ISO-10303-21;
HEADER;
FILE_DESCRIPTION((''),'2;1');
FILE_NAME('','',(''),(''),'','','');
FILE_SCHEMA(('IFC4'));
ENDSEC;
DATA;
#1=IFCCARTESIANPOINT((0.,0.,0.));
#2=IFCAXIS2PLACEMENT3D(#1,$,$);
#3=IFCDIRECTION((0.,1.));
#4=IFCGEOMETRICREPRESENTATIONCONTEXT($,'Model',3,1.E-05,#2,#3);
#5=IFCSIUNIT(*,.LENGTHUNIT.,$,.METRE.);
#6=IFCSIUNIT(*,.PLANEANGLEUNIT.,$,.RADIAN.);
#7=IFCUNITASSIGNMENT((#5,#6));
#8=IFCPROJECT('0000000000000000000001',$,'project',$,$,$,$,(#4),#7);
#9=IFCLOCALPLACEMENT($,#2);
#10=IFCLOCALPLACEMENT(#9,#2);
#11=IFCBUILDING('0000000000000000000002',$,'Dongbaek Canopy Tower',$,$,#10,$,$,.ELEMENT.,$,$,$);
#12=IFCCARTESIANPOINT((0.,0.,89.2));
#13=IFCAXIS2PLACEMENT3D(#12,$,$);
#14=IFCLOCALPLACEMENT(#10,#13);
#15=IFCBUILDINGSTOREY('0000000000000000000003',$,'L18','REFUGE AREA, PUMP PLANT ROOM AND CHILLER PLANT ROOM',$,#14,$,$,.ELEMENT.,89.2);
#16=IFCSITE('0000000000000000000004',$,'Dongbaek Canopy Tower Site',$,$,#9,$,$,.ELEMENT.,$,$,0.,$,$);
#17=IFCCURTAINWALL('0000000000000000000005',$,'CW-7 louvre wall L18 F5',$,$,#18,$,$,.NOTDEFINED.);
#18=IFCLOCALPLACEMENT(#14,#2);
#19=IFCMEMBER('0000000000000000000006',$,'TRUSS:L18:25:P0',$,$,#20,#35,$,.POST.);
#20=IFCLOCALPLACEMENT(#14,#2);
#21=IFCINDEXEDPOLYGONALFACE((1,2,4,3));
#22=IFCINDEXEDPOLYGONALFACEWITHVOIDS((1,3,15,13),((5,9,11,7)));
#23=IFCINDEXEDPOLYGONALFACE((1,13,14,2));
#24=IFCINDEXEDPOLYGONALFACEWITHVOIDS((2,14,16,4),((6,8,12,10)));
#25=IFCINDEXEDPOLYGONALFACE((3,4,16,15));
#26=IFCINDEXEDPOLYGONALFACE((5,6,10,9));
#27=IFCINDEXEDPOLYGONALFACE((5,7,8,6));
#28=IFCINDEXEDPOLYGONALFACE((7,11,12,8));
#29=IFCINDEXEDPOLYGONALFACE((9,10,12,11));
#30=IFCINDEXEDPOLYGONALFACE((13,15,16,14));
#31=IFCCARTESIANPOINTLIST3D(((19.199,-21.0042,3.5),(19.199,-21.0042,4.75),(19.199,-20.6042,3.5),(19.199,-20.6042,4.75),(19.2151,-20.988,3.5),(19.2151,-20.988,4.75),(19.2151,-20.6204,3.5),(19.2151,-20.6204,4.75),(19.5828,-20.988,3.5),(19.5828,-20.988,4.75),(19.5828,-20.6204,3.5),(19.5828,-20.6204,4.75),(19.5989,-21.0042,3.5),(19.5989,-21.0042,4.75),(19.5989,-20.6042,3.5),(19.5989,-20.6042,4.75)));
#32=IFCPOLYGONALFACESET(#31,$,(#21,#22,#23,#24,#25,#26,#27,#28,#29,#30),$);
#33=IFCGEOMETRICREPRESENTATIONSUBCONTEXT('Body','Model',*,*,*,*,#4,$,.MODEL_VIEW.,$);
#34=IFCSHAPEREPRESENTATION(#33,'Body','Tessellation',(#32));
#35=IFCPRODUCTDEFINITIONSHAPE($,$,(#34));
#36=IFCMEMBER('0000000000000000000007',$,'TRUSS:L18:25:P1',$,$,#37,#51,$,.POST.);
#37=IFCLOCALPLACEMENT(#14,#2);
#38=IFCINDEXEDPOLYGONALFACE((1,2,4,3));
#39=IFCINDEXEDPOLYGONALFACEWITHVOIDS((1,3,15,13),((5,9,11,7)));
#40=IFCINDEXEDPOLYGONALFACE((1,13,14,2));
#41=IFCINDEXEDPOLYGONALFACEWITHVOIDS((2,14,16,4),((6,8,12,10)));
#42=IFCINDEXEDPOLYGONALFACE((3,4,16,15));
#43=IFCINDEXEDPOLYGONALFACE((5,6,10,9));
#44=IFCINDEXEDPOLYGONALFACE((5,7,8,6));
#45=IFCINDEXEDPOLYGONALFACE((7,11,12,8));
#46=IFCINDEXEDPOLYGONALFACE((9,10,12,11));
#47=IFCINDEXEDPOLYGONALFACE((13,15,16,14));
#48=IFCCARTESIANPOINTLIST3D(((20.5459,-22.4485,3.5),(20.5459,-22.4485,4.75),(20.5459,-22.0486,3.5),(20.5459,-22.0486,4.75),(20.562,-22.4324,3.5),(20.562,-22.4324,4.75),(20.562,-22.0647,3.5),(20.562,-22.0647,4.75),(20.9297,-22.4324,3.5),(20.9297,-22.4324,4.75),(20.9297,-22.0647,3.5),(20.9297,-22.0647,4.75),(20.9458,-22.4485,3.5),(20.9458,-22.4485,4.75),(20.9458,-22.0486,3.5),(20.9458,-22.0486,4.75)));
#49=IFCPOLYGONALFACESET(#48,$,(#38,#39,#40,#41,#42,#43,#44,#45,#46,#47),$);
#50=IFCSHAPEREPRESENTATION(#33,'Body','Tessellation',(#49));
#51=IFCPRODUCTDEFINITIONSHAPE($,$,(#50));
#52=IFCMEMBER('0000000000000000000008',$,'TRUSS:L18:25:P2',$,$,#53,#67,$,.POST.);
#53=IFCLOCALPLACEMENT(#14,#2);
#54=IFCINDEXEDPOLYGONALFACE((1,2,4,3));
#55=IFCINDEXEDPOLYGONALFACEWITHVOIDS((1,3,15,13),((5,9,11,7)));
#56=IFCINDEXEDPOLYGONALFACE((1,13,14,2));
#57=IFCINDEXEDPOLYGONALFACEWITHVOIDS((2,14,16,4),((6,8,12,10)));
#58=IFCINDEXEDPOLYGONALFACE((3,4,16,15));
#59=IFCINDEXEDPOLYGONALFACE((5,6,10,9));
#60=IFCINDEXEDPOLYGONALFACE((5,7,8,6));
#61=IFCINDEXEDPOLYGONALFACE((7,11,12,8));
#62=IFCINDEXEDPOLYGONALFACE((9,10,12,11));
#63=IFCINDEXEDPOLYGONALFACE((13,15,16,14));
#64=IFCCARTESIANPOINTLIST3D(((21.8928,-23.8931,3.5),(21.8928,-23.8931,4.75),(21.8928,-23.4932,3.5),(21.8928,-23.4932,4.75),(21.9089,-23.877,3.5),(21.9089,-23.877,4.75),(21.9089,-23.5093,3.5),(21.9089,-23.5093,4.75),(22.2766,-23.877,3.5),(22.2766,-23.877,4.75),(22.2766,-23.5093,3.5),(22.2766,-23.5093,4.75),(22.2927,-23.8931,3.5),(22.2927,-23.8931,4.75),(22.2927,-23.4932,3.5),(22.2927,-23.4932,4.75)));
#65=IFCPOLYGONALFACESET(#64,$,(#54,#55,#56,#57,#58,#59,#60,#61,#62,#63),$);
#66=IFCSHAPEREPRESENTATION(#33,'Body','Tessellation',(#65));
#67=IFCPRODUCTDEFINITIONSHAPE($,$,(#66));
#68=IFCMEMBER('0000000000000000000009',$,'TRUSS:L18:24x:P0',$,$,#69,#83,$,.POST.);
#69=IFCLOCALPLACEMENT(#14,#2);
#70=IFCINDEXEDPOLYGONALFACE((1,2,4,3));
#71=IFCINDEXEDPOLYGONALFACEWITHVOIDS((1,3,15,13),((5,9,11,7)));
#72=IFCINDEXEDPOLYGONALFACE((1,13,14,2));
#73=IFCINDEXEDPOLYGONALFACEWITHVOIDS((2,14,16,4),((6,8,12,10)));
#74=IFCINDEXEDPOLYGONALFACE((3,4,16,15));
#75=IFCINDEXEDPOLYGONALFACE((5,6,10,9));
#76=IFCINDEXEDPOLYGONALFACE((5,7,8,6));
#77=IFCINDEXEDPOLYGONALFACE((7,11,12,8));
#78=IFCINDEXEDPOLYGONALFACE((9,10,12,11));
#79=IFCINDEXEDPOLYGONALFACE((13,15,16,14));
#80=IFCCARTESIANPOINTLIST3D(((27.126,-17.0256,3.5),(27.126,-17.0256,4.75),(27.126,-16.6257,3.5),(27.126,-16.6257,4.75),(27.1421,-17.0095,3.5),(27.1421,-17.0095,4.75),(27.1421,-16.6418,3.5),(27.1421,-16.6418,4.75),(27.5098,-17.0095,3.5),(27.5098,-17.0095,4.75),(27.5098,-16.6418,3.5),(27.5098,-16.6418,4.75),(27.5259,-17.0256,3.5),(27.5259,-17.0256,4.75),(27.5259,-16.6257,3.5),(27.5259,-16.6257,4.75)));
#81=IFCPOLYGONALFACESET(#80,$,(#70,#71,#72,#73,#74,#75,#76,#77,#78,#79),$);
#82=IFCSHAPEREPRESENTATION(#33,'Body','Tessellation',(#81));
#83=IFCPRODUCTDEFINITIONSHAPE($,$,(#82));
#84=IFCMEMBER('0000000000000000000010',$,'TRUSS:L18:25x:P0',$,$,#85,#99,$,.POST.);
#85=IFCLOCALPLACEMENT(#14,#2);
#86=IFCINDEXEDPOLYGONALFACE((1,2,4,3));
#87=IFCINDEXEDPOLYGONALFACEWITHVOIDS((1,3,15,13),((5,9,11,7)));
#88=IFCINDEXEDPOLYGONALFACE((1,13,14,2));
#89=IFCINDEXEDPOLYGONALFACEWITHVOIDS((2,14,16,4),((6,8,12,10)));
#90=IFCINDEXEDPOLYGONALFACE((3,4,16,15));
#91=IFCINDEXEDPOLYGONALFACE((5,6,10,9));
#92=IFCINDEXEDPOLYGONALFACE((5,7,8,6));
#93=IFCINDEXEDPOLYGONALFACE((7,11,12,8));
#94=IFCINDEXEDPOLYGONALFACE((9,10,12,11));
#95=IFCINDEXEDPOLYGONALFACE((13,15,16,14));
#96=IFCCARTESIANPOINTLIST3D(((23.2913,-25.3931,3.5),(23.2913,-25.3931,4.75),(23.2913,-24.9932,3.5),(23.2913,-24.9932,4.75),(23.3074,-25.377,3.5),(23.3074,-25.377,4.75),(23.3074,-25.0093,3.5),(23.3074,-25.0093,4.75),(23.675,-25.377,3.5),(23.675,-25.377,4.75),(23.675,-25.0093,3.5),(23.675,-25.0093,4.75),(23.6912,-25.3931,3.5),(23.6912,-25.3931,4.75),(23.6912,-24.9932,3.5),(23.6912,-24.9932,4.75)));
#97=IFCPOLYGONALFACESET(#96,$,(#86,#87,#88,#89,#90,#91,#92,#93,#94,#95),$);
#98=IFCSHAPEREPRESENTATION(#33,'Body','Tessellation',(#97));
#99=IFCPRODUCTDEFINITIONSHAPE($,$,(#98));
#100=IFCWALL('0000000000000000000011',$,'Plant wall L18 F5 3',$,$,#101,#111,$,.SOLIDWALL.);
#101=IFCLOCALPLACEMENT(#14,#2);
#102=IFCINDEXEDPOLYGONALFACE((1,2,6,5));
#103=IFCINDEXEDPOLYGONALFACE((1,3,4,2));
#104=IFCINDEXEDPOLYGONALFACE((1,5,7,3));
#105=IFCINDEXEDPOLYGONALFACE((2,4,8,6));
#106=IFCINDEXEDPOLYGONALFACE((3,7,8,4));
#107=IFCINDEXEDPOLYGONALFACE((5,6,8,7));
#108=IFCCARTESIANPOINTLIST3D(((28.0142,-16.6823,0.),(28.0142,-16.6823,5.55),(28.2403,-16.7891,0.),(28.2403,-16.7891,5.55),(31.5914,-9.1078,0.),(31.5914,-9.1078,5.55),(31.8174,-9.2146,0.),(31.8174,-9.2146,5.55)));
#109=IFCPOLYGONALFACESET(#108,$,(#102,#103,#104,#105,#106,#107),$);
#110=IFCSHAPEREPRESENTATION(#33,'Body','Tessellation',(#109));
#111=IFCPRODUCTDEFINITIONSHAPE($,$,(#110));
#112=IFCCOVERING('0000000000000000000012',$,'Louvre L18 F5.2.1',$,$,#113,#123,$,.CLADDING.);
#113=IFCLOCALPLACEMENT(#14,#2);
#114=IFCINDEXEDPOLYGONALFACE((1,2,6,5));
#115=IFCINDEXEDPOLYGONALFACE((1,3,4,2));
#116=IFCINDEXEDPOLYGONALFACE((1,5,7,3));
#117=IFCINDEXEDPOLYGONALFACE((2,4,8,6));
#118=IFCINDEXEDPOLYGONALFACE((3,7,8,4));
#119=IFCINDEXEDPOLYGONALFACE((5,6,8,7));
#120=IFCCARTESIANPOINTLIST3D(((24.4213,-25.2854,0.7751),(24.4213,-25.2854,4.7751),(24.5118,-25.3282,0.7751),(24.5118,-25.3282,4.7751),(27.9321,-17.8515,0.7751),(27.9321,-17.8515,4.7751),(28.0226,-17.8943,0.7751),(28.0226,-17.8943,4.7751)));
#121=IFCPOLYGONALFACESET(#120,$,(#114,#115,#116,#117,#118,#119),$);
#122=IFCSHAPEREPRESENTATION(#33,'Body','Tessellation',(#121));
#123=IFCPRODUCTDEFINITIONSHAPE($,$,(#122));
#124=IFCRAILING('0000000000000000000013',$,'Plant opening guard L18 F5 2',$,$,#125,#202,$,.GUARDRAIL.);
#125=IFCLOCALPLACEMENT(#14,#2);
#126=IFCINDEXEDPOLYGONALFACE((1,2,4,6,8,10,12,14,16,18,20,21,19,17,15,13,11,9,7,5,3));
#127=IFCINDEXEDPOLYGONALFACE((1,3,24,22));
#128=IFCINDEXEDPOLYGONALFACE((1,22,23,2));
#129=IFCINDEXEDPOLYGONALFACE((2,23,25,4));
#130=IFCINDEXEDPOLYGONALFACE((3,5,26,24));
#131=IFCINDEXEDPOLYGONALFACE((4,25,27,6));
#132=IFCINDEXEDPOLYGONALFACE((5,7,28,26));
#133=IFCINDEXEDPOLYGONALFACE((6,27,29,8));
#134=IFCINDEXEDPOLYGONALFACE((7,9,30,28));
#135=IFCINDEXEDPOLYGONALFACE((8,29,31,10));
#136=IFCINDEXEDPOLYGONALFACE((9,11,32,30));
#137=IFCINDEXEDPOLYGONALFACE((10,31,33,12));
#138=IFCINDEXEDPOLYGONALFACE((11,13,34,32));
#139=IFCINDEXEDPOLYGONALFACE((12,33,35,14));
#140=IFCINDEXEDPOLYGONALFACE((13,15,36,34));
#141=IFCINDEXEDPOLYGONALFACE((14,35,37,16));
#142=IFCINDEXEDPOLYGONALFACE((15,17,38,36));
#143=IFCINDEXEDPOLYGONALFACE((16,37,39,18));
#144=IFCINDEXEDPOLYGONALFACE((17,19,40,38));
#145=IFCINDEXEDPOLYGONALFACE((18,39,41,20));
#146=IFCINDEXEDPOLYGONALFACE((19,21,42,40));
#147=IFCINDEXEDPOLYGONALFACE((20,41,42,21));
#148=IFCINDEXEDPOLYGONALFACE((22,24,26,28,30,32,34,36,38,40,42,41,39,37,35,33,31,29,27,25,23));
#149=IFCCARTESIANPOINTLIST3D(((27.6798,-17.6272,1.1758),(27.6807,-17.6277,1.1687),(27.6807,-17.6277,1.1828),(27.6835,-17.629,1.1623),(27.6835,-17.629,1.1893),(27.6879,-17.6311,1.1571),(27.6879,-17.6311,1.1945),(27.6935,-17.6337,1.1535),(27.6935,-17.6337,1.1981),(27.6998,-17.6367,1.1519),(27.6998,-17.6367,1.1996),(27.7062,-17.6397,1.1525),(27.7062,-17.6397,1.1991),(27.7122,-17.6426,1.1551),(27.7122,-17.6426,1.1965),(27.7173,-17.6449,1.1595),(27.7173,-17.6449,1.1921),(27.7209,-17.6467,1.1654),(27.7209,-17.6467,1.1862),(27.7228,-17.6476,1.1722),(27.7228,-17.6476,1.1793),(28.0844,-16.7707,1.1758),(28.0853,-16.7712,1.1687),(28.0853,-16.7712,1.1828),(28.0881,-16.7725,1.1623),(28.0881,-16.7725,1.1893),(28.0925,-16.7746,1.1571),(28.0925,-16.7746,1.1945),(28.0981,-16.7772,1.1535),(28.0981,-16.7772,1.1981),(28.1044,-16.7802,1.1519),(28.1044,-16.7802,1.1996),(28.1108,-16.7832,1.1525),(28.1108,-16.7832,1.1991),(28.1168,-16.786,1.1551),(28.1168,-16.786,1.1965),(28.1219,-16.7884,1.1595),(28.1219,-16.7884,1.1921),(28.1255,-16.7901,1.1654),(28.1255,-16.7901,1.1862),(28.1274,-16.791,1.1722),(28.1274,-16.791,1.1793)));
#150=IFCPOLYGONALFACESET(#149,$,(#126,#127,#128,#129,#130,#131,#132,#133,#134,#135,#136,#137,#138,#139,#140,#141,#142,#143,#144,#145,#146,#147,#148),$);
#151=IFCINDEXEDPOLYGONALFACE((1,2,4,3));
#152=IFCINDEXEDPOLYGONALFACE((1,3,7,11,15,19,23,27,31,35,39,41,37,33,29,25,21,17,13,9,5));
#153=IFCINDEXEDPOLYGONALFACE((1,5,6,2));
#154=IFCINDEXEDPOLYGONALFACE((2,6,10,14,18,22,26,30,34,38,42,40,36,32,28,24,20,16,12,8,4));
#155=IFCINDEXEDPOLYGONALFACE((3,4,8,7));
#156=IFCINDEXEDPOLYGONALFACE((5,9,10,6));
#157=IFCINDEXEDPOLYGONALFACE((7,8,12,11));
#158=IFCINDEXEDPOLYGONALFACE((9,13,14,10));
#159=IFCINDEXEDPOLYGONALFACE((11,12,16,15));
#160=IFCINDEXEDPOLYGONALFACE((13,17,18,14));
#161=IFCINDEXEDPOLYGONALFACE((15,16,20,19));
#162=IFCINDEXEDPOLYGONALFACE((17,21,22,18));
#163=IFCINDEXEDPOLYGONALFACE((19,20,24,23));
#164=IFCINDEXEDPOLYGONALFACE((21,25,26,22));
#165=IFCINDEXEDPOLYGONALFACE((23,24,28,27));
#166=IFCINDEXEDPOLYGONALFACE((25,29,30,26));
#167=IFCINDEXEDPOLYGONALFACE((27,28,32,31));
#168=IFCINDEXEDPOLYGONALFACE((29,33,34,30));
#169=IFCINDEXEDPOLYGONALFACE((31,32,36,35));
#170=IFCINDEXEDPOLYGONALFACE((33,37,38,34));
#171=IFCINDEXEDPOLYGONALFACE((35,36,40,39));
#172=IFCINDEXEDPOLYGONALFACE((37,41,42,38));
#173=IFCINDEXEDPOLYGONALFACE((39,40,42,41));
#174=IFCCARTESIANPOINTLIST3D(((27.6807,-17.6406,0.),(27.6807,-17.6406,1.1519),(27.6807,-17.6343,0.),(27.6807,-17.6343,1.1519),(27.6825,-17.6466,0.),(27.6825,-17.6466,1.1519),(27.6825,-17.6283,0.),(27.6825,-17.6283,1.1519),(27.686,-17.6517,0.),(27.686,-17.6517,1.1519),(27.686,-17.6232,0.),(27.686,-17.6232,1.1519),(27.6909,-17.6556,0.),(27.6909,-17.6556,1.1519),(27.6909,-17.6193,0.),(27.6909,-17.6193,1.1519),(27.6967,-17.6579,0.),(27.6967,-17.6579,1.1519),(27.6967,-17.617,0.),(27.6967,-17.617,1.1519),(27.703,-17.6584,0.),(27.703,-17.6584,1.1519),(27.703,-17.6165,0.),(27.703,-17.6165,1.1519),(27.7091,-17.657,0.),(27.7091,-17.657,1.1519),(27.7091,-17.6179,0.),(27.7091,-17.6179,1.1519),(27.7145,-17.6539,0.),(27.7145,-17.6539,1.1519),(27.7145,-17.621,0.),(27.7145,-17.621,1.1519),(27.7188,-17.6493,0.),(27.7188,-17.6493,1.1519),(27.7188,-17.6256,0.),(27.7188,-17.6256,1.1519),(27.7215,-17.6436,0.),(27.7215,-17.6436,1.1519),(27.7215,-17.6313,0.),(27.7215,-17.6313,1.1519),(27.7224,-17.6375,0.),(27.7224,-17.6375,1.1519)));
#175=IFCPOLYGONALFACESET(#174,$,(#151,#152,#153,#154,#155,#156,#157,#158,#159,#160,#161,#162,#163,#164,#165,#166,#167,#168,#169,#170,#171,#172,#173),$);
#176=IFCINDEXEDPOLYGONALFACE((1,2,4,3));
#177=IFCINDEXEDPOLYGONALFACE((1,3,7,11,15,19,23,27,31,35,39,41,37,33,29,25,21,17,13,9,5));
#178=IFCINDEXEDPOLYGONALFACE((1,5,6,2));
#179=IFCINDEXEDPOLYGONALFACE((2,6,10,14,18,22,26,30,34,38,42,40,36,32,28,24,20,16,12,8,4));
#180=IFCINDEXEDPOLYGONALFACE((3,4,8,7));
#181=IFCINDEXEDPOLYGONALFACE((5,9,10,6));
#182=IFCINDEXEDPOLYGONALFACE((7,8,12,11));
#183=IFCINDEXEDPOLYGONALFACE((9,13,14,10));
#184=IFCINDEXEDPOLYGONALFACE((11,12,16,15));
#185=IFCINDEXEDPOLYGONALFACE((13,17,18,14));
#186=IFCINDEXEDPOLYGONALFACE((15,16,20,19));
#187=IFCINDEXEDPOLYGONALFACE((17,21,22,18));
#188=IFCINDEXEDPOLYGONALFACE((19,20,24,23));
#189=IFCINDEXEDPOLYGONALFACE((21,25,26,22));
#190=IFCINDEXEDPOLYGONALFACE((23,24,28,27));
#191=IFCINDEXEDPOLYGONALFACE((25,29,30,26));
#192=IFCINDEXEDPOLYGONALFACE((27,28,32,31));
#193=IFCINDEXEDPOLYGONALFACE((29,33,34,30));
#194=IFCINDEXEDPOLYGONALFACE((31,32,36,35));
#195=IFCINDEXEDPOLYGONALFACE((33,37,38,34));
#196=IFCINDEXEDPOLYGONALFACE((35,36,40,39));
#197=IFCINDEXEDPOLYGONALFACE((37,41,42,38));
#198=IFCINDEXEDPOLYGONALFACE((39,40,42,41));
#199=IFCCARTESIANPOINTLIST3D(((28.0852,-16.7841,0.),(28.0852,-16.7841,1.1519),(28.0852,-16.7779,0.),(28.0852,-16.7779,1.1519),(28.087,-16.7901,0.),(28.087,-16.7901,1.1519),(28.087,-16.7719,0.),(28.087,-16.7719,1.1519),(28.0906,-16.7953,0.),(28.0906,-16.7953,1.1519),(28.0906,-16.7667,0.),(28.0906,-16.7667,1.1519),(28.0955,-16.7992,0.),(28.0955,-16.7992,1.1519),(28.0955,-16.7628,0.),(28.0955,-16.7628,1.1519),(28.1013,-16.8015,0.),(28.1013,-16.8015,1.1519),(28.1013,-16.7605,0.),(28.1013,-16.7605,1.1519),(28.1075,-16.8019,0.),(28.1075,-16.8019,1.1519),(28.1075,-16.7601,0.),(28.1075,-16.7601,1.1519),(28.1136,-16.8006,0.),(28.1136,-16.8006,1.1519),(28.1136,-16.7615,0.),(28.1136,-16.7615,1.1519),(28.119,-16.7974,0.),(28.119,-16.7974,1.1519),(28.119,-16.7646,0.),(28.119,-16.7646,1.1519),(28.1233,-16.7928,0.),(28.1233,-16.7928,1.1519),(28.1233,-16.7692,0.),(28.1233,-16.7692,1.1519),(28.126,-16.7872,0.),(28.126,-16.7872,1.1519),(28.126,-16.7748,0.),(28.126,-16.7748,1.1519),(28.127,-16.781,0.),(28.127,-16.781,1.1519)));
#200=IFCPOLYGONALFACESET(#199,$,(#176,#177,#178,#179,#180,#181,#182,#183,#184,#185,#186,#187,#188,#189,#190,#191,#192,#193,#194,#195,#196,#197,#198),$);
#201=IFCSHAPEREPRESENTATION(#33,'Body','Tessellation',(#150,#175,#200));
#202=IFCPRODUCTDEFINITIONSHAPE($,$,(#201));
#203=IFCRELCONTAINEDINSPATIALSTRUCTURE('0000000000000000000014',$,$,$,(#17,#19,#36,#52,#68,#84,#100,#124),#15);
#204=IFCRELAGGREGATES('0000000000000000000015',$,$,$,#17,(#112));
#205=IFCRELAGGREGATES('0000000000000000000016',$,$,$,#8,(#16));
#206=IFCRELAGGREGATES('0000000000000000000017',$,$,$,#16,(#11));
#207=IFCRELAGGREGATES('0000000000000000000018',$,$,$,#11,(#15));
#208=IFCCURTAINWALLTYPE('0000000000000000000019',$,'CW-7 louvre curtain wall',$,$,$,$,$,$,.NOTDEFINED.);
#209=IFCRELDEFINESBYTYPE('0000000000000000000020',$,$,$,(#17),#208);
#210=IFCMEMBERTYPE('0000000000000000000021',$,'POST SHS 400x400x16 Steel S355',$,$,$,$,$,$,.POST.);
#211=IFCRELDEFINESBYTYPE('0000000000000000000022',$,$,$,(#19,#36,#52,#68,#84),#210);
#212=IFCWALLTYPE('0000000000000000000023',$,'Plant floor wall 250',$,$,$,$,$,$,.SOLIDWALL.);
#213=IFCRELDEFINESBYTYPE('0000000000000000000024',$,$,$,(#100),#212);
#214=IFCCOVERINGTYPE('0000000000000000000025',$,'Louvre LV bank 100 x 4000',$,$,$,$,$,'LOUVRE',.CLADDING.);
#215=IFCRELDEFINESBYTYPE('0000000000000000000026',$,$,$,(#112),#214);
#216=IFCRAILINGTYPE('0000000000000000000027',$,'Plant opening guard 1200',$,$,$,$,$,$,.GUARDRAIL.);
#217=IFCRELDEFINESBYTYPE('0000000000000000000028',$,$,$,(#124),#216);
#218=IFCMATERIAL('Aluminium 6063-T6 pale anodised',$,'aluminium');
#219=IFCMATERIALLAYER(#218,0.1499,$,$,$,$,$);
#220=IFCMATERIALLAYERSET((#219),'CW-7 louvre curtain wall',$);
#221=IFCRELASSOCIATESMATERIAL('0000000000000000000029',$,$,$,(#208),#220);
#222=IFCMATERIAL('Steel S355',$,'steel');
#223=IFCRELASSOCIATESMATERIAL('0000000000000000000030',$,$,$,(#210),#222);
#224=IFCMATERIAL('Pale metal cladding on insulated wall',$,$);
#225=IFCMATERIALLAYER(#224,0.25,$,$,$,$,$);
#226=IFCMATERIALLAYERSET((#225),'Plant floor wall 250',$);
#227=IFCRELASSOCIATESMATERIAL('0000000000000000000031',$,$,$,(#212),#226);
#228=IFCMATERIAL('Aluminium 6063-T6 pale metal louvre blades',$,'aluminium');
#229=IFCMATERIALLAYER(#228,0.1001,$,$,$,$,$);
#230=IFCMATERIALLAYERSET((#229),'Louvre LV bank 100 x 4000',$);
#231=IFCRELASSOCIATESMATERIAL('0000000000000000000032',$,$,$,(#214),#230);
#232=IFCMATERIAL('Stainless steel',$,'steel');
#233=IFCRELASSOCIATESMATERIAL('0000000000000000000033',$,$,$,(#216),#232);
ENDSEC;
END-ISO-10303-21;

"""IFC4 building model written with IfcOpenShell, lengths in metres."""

from ifc_helpers import new_model, si_unit, direction, frame, frame_2d, origin, origin_2d, place, context, subcontext, project, spatial, rectangle, hollow_rectangle, circle, extrude, material, layer, layer_set, material_profile, profile_set, type_object, element, aggregate, save


model = new_model("IFC4")

# Units and contexts
model_context = context("Model", 3, precision=1e-05, world=origin(), true_north=direction((0.0, 1.0)))
body_context = subcontext(model_context, "Body", "Model", "MODEL_VIEW")
ifc_project = project(units=[si_unit("LENGTHUNIT", "METRE"), si_unit("PLANEANGLEUNIT", "RADIAN")], contexts=[model_context])

# Site, building, storey
site_placement = place(None, origin())
site = spatial("IfcSite", under=ifc_project, at=site_placement, Name="Dongbaek Canopy Tower Site", CompositionType="ELEMENT", RefElevation=0.0)
building_placement = place(site_placement, origin())
building = spatial("IfcBuilding", under=site, at=building_placement, Name="Dongbaek Canopy Tower", CompositionType="ELEMENT")
storey_placement = place(building_placement, frame((0.0, 0.0, 89.2)))
storey = spatial("IfcBuildingStorey", under=building, at=storey_placement, Name="L18", Description="REFUGE AREA, PUMP PLANT ROOM AND CHILLER PLANT ROOM", CompositionType="ELEMENT", Elevation=89.2)

# Curtain wall
ifc_material_1 = material(Name="Aluminium 6063-T6 pale anodised", Category="aluminium")
ifc_layer_1 = layer(ifc_material_1, 0.1499)
ifc_layer_set_1 = layer_set([ifc_layer_1], Name="CW-7 louvre curtain wall")
curtain_wall_type = type_object("IfcCurtainWallType", Name="CW-7 louvre curtain wall", PredefinedType="NOTDEFINED", material=ifc_layer_set_1)
curtain_wall_placement = place(storey_placement, origin())
curtain_wall = element("IfcCurtainWall", 1, at=curtain_wall_placement, inside=storey, type_object=curtain_wall_type, Name="CW-7 louvre wall L18 F5", PredefinedType="NOTDEFINED")

# Members
ifc_material_2 = material(Name="Steel S355", Category="steel")
ifc_material_profile_1 = material_profile(ifc_material_2, hollow_rectangle(XDim=0.3999, YDim=0.3999, WallThickness=0.0161, at=origin_2d()), Name="POST SHS 400x400x16 Steel S355")
ifc_profile_set_1 = profile_set([ifc_material_profile_1], Name="Steel S355")
member_type_1 = type_object("IfcMemberType", Name="POST SHS 400x400x16 Steel S355", PredefinedType="POST", material=ifc_profile_set_1)
for number, where, z_axis, x_axis, name in (
    (2, (19.3989, -20.8042, 3.5), (0.0, 0.0, 1.0), (1.0, 0.0, 0.0), "TRUSS:L18:25:P0"),
    (3, (20.7458, -22.2485, 3.5), (0.0, 0.0, 1.0), (1.0, 0.0, 0.0), "TRUSS:L18:25:P1"),
    (4, (22.0928, -23.6931, 3.5), (0.0, 0.0, 1.0), (1.0, 0.0, 0.0), "TRUSS:L18:25:P2"),
    (5, (27.3259, -16.8257, 3.5), (0.0, 0.0, 1.0), (1.0, 0.0, 0.0), "TRUSS:L18:24x:P0"),
    (6, (23.4912, -25.1931, 3.5), (0.0, 0.0, 1.0), (1.0, 0.0, 0.0), "TRUSS:L18:25x:P0"),
):
    element("IfcMember", number, at=place(storey_placement, frame(where, z_axis=z_axis, x_axis=x_axis)), inside=storey, type_object=member_type_1, Name=name, PredefinedType="POST", context=body_context, shape_type="SweptSolid", body=[
        extrude(hollow_rectangle(XDim=0.3999, YDim=0.3999, WallThickness=0.0161, at=origin_2d()), origin(), (0.0, 0.0, 1.0), 1.25),
    ])

# Wall
ifc_material_3 = material(Name="Pale metal cladding on insulated wall")
ifc_layer_2 = layer(ifc_material_3, 0.25)
ifc_layer_set_2 = layer_set([ifc_layer_2], Name="Plant floor wall 250")
wall_type = type_object("IfcWallType", Name="Plant floor wall 250", PredefinedType="SOLIDWALL", material=ifc_layer_set_2)
wall_placement = place(storey_placement, frame((28.1272, -16.7358, 0.0), z_axis=(0.0, 0.0, 1.0), x_axis=(0.427037, 0.904234, 0.0)))
element("IfcWall", 7, at=wall_placement, inside=storey, type_object=wall_type, Name="Plant wall L18 F5 3", PredefinedType="SOLIDWALL", context=body_context, shape_type="SweptSolid", body=[
    extrude(rectangle(XDim=8.3767, YDim=0.25, at=frame_2d((4.1885, 0.0))), origin(), (0.0, 0.0, 1.0), 5.55),
])

# Covering
ifc_material_4 = material(Name="Aluminium 6063-T6 pale metal louvre blades", Category="aluminium")
ifc_layer_3 = layer(ifc_material_4, 0.1001)
ifc_layer_set_3 = layer_set([ifc_layer_3], Name="Louvre LV bank 100 x 4000")
covering_type = type_object("IfcCoveringType", Name="Louvre LV bank 100 x 4000", ElementType="LOUVRE", PredefinedType="CLADDING", material=ifc_layer_set_3)
covering_placement = place(storey_placement, frame((26.2219, -21.5898, 0.7751), z_axis=(0.0, 0.0, 1.0), x_axis=(0.427039, 0.904233, 0.0)))
covering = element("IfcCovering", 8, at=covering_placement, type_object=covering_type, Name="Louvre L18 F5.2.1", PredefinedType="CLADDING", context=body_context, shape_type="SweptSolid", body=[
    extrude(rectangle(XDim=8.2212, YDim=0.1001, at=origin_2d()), origin(), (0.0, 0.0, 1.0), 4.0),
])

# Railing
ifc_material_5 = material(Name="Stainless steel", Category="steel")
railing_type = type_object("IfcRailingType", Name="Plant opening guard 1200", PredefinedType="GUARDRAIL", material=ifc_material_5)
railing_placement = place(storey_placement, frame((27.7014, -17.6375, 0.0)))
element("IfcRailing", 9, at=railing_placement, inside=storey, type_object=railing_type, Name="Plant opening guard L18 F5 2", PredefinedType="GUARDRAIL", context=body_context, shape_type="SweptSolid", body=[
    extrude(circle(Radius=0.0239, at=origin_2d()), frame((0.0, 0.0, 1.1758), z_axis=(0.4271, 0.904204, 0.0), x_axis=(-0.904204, 0.4271, 0.0)), (0.0, 0.0, 1.0), 0.9473),
    extrude(circle(Radius=0.021, at=origin_2d()), origin(), (0.0, 0.0, 1.0), 1.1519),
    extrude(circle(Radius=0.021, at=origin_2d()), frame((0.4045, 0.8564, 0.0)), (0.0, 0.0, 1.0), 1.1519),
])

aggregate(curtain_wall, [covering])

save(model, "model.ifc")
